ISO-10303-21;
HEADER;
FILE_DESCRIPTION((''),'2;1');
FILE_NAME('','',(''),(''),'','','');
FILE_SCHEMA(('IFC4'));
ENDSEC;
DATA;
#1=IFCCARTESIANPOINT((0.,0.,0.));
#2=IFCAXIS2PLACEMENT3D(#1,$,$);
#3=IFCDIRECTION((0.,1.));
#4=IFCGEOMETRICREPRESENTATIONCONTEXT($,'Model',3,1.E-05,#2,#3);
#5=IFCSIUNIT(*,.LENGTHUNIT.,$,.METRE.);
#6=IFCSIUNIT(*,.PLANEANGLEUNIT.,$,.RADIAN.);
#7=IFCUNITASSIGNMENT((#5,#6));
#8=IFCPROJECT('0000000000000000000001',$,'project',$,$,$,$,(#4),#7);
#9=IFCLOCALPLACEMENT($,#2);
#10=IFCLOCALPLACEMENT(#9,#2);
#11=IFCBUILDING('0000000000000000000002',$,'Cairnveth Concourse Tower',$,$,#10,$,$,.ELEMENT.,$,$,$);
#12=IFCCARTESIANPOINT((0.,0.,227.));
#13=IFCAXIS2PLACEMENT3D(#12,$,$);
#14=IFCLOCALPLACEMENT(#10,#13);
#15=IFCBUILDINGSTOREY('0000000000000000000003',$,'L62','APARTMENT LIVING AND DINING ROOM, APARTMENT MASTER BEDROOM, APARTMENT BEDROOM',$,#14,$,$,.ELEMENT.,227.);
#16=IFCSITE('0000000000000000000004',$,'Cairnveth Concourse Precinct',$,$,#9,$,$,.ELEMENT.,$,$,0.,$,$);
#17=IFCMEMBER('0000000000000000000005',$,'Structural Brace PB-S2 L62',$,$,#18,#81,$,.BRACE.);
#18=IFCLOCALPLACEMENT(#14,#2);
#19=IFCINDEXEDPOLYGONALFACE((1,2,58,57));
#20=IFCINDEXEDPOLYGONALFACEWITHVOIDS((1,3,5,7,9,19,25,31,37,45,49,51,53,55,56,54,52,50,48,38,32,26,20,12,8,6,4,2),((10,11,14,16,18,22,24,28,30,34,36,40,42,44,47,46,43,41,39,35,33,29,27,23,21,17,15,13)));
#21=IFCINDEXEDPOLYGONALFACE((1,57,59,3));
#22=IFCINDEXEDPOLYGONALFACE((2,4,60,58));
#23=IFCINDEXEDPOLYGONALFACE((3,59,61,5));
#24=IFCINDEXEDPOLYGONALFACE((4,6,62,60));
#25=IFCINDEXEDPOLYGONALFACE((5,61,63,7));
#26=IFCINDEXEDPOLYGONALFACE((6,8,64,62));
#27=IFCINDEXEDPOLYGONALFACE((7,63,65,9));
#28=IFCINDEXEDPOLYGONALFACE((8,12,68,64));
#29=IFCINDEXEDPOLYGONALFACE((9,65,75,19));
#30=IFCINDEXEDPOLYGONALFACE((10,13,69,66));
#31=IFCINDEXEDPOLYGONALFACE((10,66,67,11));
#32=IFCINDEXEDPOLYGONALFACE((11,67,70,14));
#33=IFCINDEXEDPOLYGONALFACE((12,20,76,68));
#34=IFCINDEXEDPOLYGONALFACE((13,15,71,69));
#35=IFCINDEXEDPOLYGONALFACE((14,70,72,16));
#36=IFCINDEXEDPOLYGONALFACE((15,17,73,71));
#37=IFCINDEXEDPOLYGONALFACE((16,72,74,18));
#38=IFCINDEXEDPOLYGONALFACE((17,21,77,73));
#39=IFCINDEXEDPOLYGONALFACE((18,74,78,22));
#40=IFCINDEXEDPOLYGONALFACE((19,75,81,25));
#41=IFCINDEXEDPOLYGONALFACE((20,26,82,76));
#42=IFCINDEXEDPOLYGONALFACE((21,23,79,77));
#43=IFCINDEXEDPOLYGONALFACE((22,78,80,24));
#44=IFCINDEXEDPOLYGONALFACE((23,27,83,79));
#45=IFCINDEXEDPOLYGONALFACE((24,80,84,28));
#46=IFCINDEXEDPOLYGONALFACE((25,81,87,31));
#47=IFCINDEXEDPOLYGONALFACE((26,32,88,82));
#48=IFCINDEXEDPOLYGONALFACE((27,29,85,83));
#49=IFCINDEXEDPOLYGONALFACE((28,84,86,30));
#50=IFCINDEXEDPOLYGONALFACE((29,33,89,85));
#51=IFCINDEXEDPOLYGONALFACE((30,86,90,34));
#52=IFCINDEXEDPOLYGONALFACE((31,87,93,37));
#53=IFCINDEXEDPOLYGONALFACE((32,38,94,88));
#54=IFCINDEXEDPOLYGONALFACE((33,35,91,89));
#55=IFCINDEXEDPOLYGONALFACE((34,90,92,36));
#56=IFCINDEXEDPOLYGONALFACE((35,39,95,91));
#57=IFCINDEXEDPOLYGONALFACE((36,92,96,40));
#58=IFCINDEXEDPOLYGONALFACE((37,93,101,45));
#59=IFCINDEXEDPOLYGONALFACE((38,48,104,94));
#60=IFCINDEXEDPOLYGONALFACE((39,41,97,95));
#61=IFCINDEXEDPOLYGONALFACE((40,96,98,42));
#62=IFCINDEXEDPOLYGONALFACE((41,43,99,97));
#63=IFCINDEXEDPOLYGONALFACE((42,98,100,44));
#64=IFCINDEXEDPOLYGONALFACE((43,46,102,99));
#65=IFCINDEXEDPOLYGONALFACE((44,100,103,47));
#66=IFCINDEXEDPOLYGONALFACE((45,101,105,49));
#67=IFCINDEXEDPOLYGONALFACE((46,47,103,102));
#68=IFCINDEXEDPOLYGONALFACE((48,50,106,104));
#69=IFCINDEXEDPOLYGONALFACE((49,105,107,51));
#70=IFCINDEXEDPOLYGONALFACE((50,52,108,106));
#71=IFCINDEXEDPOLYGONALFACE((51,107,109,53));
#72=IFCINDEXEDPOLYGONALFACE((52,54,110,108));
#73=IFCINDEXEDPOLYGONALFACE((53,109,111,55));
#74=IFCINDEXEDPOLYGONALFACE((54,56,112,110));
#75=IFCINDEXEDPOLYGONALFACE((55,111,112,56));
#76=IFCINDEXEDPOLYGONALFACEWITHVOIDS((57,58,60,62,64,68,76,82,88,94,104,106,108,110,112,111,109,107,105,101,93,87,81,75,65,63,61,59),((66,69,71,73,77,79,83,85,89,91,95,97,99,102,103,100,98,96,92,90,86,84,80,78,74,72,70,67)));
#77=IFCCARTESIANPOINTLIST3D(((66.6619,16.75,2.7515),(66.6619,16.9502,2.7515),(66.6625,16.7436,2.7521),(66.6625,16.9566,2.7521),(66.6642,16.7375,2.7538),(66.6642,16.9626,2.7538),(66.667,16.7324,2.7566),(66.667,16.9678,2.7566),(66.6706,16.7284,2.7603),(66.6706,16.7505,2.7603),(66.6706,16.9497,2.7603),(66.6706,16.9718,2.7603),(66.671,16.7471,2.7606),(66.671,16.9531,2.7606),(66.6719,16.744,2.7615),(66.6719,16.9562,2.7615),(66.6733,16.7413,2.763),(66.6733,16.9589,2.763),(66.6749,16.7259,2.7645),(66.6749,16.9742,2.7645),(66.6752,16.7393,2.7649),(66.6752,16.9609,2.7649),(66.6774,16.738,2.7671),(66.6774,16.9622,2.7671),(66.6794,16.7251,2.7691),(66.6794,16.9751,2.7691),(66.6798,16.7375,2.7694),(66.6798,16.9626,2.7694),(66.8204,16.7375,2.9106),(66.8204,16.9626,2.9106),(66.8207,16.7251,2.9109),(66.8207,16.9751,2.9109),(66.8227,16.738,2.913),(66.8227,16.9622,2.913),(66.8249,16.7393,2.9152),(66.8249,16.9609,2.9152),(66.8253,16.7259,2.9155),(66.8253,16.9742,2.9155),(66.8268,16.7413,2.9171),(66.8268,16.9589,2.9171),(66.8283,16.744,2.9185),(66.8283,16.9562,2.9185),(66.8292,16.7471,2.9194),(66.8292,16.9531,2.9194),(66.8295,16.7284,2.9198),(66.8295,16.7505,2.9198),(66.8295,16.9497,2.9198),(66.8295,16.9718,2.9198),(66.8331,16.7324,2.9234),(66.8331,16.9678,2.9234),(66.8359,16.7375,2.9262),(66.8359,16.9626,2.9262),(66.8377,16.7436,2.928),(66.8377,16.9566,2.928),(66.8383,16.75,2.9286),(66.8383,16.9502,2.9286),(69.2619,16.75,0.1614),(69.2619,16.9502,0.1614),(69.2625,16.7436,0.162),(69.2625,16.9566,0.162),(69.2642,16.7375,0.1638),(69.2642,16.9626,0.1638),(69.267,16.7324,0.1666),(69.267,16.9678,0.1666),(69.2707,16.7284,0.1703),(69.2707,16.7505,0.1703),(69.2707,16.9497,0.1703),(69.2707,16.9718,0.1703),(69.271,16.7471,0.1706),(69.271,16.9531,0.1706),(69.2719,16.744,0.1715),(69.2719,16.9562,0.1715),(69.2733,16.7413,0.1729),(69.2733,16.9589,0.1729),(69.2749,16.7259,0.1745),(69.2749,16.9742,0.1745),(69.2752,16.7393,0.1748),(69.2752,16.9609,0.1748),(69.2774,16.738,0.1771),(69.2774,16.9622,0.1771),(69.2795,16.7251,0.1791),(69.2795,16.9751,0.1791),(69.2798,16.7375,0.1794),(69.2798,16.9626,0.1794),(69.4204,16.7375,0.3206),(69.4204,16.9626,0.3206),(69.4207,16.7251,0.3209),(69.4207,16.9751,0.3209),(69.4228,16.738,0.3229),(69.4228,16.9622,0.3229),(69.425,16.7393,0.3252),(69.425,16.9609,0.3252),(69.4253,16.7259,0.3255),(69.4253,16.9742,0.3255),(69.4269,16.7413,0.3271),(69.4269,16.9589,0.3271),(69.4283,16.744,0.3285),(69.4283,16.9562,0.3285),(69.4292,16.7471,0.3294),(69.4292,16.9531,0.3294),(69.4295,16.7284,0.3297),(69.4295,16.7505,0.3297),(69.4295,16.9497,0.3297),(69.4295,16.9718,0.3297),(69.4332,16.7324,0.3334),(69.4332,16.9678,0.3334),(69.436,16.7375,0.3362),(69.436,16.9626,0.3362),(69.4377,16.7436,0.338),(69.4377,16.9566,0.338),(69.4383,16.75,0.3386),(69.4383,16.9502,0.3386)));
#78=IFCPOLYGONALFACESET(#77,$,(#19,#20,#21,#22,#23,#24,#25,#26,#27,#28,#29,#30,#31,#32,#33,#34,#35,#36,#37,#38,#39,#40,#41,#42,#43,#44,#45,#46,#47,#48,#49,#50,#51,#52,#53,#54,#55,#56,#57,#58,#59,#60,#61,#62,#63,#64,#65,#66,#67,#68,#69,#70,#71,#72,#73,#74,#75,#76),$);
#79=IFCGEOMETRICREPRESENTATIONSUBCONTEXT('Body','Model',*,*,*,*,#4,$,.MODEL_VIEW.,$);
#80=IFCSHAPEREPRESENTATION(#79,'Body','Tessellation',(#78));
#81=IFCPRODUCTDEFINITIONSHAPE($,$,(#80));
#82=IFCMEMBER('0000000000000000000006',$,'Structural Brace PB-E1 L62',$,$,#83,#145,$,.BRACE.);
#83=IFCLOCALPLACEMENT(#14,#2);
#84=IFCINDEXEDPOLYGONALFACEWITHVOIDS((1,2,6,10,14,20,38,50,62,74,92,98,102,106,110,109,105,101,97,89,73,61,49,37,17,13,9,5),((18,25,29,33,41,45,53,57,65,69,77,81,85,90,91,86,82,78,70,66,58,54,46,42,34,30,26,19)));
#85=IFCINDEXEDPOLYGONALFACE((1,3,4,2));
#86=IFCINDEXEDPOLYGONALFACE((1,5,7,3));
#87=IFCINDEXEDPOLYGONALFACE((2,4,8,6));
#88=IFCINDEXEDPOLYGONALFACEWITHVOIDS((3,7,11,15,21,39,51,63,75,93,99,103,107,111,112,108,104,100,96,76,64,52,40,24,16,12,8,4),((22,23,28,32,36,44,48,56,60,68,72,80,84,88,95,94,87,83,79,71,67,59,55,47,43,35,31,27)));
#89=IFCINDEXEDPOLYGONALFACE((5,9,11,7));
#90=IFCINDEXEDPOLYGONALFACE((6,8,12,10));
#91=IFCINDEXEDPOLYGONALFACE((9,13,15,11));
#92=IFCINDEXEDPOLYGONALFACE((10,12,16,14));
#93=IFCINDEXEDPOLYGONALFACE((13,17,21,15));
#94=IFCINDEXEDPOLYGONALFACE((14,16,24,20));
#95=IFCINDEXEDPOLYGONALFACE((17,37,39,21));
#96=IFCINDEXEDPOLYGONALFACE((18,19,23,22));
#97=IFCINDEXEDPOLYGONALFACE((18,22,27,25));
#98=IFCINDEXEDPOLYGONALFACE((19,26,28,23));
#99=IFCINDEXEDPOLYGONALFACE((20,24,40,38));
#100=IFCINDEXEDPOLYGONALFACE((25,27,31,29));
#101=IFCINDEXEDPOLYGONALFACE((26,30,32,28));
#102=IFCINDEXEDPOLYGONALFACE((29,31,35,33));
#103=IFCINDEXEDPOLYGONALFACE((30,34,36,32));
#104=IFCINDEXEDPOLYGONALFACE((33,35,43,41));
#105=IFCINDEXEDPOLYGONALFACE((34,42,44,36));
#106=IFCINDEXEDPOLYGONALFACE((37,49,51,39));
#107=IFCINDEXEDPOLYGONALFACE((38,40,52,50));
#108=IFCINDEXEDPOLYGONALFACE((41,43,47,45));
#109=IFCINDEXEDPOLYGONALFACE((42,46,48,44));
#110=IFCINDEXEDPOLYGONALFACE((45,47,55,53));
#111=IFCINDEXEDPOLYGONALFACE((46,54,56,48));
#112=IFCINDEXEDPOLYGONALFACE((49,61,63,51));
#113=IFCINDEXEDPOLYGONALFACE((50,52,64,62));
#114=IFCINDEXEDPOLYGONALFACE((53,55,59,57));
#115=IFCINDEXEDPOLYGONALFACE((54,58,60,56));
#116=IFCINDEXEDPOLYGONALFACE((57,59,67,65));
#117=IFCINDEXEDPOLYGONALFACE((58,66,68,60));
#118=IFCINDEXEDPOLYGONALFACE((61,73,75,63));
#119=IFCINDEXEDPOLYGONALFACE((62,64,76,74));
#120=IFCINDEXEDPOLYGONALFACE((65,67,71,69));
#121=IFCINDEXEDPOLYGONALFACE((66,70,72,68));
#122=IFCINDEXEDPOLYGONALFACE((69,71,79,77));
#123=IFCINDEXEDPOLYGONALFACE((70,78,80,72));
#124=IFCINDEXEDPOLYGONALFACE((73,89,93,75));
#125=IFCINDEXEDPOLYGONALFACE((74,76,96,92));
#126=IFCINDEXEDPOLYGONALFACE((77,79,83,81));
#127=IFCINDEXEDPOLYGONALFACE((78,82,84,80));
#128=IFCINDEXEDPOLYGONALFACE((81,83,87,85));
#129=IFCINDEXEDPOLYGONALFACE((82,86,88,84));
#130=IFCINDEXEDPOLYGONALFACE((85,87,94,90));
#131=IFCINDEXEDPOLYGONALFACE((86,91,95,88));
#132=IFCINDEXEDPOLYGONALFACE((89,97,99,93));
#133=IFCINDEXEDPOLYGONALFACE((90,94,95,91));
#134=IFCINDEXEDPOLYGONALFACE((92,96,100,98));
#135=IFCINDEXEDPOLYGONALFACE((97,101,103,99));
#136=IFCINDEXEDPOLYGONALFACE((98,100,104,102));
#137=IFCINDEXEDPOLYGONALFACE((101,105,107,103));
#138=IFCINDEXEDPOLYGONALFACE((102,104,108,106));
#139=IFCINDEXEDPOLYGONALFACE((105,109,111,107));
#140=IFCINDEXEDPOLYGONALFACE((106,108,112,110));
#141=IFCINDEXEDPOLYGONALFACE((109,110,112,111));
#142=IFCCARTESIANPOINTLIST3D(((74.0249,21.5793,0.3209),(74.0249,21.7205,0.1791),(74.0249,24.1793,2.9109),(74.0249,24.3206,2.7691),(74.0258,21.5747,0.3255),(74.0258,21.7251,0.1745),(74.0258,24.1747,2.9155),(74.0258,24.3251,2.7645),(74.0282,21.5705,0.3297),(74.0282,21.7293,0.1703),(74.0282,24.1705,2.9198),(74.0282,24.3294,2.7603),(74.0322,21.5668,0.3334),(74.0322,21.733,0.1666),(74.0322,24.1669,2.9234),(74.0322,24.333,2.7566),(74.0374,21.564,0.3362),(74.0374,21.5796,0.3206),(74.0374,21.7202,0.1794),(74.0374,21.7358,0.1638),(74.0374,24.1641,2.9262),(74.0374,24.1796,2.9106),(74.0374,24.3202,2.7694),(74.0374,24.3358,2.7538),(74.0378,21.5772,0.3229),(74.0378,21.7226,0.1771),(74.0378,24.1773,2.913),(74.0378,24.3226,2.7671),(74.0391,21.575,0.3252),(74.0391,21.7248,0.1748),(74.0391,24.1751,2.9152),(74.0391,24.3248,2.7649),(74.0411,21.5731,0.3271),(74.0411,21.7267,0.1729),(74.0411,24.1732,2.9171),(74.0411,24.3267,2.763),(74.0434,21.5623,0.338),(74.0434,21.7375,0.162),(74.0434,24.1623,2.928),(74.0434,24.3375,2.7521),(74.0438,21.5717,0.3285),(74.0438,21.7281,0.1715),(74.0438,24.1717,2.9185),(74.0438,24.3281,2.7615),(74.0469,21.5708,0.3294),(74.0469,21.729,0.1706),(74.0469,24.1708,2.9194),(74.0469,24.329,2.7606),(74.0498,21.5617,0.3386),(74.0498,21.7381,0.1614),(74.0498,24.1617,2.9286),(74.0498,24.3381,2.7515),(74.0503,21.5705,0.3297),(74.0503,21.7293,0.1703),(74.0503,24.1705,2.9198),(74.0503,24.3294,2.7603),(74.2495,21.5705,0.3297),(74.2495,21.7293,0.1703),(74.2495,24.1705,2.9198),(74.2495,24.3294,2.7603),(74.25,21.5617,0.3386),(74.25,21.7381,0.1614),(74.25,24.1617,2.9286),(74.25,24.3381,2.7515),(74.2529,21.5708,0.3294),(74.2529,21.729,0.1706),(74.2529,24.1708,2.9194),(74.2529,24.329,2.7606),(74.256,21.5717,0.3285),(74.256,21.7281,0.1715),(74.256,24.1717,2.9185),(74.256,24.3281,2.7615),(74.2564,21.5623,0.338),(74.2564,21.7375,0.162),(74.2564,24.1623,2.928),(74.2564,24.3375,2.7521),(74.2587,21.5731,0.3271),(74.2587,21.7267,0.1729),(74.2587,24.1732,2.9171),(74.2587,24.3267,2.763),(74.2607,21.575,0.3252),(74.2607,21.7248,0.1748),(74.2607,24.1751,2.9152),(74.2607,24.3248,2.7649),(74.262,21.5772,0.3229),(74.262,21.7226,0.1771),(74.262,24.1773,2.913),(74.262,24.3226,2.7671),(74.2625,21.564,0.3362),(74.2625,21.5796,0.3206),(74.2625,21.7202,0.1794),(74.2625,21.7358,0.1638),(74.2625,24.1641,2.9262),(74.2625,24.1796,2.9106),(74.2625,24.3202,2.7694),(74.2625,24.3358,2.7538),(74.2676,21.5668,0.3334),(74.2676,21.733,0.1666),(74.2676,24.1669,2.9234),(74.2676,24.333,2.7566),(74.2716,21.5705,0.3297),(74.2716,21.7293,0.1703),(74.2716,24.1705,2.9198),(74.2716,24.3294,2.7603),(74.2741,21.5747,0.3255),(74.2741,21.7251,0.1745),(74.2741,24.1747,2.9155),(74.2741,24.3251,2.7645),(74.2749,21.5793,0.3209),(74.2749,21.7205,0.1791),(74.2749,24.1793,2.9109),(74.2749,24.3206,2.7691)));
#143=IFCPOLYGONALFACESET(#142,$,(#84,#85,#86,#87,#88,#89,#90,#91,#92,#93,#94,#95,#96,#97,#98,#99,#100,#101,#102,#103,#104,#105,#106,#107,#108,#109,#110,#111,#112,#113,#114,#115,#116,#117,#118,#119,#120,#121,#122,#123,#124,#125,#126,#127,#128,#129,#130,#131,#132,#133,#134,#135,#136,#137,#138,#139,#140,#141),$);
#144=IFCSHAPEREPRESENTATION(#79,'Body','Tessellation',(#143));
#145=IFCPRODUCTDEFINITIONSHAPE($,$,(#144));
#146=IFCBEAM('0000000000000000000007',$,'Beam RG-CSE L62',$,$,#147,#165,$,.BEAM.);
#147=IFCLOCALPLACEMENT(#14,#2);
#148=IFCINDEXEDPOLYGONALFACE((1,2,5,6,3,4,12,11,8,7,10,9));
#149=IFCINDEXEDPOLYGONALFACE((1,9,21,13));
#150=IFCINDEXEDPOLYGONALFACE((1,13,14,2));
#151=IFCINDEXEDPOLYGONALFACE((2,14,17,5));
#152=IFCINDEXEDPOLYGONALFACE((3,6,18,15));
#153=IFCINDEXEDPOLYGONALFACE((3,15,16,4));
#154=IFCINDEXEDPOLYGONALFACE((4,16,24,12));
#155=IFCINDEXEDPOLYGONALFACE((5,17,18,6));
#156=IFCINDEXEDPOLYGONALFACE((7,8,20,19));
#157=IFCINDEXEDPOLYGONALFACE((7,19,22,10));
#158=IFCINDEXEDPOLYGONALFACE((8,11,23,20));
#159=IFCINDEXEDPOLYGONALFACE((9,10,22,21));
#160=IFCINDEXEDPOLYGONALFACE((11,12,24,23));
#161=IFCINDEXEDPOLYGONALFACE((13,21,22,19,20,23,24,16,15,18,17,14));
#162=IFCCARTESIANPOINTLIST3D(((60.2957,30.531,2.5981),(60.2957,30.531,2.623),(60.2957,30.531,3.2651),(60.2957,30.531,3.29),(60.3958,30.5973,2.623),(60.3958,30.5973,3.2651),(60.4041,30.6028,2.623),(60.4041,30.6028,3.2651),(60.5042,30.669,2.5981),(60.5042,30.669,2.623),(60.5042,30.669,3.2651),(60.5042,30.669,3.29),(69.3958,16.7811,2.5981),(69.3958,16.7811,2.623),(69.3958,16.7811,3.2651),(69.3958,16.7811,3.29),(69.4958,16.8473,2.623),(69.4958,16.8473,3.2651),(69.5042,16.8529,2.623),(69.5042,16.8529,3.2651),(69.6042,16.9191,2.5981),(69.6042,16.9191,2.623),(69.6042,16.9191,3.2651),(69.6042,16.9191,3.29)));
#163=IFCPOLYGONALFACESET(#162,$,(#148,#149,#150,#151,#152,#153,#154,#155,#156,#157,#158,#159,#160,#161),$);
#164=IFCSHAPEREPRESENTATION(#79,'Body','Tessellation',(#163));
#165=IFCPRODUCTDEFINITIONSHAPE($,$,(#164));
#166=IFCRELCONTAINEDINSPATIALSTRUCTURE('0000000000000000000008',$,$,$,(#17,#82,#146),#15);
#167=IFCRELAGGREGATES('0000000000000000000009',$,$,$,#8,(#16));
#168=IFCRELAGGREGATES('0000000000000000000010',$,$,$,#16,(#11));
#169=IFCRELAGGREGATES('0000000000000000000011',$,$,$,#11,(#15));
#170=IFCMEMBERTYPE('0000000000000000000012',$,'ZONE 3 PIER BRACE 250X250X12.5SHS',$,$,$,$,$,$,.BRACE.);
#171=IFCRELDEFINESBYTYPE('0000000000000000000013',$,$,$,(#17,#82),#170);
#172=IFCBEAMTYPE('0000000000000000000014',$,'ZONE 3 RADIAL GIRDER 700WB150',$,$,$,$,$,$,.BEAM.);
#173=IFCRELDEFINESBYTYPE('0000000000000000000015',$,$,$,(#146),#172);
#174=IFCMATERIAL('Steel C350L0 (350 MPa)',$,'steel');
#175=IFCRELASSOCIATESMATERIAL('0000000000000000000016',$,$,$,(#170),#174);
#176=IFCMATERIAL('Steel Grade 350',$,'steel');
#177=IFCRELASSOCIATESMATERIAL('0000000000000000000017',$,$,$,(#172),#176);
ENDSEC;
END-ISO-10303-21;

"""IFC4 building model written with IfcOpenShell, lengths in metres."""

from ifc_helpers import new_model, si_unit, direction, frame, origin, origin_2d, place, context, subcontext, project, spatial, hollow_rectangle, i_section, extrude, material, material_profile, profile_set, type_object, element, save


model = new_model("IFC4")

# Units and contexts
model_context = context("Model", 3, precision=1e-05, world=origin(), true_north=direction((0.0, 1.0)))
body_context = subcontext(model_context, "Body", "Model", "MODEL_VIEW")
ifc_project = project(units=[si_unit("LENGTHUNIT", "METRE"), si_unit("PLANEANGLEUNIT", "RADIAN")], contexts=[model_context])

# Site, building, storey
site_placement = place(None, origin())
site = spatial("IfcSite", under=ifc_project, at=site_placement, Name="Cairnveth Concourse Precinct", CompositionType="ELEMENT", RefElevation=0.0)
building_placement = place(site_placement, origin())
building = spatial("IfcBuilding", under=site, at=building_placement, Name="Cairnveth Concourse Tower", CompositionType="ELEMENT")
storey_placement = place(building_placement, frame((0.0, 0.0, 227.0)))
storey = spatial("IfcBuildingStorey", under=building, at=storey_placement, Name="L62", Description="APARTMENT LIVING AND DINING ROOM, APARTMENT MASTER BEDROOM, APARTMENT BEDROOM", CompositionType="ELEMENT", Elevation=227.0)

# Shared definitions
ifc_material_1 = material(Name="Steel Grade 350", Category="steel")

# Members
ifc_material_2 = material(Name="Steel C350L0 (350 MPa)", Category="steel")
ifc_material_profile_1 = material_profile(ifc_material_2, hollow_rectangle(XDim=0.25, YDim=0.25, WallThickness=0.0125, InnerFilletRadius=0.0129, OuterFilletRadius=0.0249, at=origin_2d()), Name="250x250x12.5SHS")
ifc_profile_set_1 = profile_set([ifc_material_profile_1], Name="Steel C350L0 (350 MPa)")
member_type = type_object("IfcMemberType", Name="ZONE 3 PIER BRACE 250X250X12.5SHS", PredefinedType="BRACE", material=ifc_profile_set_1)
for number, where, z_axis, x_axis, name in (
    (1, (69.3501, 16.8501, 0.25), (-0.708469, 0.0, 0.705742), (0.0, -1.0, 0.0), "Structural Brace PB-S2 L62"),
    (2, (74.1499, 21.6499, 0.25), (0.0, 0.708469, 0.705742), (-1.0, 0.0, 0.0), "Structural Brace PB-E1 L62"),
):
    element("IfcMember", number, at=place(storey_placement, frame(where, z_axis=z_axis, x_axis=x_axis)), inside=storey, type_object=member_type, Name=name, PredefinedType="BRACE", context=body_context, shape_type="SweptSolid", body=[
        extrude(hollow_rectangle(XDim=0.25, YDim=0.25, WallThickness=0.0125, InnerFilletRadius=0.0129, OuterFilletRadius=0.0249, at=origin_2d()), origin(), (0.0, 0.0, 1.0), 3.6699),
    ])

# Beam
ifc_material_profile_2 = material_profile(ifc_material_1, i_section(OverallWidth=0.25, OverallDepth=0.6919, WebThickness=0.01, FlangeThickness=0.0249, at=origin_2d()), Name="700WB150")
ifc_profile_set_2 = profile_set([ifc_material_profile_2], Name="Steel Grade 350")
beam_type_1 = type_object("IfcBeamType", Name="ZONE 3 RADIAL GIRDER 700WB150", PredefinedType="BEAM", material=ifc_profile_set_2)
beam_1_placement = place(storey_placement, frame((69.5, 16.8501, 2.9441), z_axis=(-0.551902, 0.833909, 0.0), x_axis=(-0.833909, -0.551902, 0.0)))
element("IfcBeam", 3, at=beam_1_placement, inside=storey, type_object=beam_type_1, Name="Beam RG-CSE L62", PredefinedType="BEAM", context=body_context, shape_type="SweptSolid", body=[
    extrude(i_section(OverallWidth=0.25, OverallDepth=0.6919, WebThickness=0.01, FlangeThickness=0.0249, at=origin_2d()), origin(), (0.0, 0.0, 1.0), 16.4885),
])

save(model, "model.ifc")
